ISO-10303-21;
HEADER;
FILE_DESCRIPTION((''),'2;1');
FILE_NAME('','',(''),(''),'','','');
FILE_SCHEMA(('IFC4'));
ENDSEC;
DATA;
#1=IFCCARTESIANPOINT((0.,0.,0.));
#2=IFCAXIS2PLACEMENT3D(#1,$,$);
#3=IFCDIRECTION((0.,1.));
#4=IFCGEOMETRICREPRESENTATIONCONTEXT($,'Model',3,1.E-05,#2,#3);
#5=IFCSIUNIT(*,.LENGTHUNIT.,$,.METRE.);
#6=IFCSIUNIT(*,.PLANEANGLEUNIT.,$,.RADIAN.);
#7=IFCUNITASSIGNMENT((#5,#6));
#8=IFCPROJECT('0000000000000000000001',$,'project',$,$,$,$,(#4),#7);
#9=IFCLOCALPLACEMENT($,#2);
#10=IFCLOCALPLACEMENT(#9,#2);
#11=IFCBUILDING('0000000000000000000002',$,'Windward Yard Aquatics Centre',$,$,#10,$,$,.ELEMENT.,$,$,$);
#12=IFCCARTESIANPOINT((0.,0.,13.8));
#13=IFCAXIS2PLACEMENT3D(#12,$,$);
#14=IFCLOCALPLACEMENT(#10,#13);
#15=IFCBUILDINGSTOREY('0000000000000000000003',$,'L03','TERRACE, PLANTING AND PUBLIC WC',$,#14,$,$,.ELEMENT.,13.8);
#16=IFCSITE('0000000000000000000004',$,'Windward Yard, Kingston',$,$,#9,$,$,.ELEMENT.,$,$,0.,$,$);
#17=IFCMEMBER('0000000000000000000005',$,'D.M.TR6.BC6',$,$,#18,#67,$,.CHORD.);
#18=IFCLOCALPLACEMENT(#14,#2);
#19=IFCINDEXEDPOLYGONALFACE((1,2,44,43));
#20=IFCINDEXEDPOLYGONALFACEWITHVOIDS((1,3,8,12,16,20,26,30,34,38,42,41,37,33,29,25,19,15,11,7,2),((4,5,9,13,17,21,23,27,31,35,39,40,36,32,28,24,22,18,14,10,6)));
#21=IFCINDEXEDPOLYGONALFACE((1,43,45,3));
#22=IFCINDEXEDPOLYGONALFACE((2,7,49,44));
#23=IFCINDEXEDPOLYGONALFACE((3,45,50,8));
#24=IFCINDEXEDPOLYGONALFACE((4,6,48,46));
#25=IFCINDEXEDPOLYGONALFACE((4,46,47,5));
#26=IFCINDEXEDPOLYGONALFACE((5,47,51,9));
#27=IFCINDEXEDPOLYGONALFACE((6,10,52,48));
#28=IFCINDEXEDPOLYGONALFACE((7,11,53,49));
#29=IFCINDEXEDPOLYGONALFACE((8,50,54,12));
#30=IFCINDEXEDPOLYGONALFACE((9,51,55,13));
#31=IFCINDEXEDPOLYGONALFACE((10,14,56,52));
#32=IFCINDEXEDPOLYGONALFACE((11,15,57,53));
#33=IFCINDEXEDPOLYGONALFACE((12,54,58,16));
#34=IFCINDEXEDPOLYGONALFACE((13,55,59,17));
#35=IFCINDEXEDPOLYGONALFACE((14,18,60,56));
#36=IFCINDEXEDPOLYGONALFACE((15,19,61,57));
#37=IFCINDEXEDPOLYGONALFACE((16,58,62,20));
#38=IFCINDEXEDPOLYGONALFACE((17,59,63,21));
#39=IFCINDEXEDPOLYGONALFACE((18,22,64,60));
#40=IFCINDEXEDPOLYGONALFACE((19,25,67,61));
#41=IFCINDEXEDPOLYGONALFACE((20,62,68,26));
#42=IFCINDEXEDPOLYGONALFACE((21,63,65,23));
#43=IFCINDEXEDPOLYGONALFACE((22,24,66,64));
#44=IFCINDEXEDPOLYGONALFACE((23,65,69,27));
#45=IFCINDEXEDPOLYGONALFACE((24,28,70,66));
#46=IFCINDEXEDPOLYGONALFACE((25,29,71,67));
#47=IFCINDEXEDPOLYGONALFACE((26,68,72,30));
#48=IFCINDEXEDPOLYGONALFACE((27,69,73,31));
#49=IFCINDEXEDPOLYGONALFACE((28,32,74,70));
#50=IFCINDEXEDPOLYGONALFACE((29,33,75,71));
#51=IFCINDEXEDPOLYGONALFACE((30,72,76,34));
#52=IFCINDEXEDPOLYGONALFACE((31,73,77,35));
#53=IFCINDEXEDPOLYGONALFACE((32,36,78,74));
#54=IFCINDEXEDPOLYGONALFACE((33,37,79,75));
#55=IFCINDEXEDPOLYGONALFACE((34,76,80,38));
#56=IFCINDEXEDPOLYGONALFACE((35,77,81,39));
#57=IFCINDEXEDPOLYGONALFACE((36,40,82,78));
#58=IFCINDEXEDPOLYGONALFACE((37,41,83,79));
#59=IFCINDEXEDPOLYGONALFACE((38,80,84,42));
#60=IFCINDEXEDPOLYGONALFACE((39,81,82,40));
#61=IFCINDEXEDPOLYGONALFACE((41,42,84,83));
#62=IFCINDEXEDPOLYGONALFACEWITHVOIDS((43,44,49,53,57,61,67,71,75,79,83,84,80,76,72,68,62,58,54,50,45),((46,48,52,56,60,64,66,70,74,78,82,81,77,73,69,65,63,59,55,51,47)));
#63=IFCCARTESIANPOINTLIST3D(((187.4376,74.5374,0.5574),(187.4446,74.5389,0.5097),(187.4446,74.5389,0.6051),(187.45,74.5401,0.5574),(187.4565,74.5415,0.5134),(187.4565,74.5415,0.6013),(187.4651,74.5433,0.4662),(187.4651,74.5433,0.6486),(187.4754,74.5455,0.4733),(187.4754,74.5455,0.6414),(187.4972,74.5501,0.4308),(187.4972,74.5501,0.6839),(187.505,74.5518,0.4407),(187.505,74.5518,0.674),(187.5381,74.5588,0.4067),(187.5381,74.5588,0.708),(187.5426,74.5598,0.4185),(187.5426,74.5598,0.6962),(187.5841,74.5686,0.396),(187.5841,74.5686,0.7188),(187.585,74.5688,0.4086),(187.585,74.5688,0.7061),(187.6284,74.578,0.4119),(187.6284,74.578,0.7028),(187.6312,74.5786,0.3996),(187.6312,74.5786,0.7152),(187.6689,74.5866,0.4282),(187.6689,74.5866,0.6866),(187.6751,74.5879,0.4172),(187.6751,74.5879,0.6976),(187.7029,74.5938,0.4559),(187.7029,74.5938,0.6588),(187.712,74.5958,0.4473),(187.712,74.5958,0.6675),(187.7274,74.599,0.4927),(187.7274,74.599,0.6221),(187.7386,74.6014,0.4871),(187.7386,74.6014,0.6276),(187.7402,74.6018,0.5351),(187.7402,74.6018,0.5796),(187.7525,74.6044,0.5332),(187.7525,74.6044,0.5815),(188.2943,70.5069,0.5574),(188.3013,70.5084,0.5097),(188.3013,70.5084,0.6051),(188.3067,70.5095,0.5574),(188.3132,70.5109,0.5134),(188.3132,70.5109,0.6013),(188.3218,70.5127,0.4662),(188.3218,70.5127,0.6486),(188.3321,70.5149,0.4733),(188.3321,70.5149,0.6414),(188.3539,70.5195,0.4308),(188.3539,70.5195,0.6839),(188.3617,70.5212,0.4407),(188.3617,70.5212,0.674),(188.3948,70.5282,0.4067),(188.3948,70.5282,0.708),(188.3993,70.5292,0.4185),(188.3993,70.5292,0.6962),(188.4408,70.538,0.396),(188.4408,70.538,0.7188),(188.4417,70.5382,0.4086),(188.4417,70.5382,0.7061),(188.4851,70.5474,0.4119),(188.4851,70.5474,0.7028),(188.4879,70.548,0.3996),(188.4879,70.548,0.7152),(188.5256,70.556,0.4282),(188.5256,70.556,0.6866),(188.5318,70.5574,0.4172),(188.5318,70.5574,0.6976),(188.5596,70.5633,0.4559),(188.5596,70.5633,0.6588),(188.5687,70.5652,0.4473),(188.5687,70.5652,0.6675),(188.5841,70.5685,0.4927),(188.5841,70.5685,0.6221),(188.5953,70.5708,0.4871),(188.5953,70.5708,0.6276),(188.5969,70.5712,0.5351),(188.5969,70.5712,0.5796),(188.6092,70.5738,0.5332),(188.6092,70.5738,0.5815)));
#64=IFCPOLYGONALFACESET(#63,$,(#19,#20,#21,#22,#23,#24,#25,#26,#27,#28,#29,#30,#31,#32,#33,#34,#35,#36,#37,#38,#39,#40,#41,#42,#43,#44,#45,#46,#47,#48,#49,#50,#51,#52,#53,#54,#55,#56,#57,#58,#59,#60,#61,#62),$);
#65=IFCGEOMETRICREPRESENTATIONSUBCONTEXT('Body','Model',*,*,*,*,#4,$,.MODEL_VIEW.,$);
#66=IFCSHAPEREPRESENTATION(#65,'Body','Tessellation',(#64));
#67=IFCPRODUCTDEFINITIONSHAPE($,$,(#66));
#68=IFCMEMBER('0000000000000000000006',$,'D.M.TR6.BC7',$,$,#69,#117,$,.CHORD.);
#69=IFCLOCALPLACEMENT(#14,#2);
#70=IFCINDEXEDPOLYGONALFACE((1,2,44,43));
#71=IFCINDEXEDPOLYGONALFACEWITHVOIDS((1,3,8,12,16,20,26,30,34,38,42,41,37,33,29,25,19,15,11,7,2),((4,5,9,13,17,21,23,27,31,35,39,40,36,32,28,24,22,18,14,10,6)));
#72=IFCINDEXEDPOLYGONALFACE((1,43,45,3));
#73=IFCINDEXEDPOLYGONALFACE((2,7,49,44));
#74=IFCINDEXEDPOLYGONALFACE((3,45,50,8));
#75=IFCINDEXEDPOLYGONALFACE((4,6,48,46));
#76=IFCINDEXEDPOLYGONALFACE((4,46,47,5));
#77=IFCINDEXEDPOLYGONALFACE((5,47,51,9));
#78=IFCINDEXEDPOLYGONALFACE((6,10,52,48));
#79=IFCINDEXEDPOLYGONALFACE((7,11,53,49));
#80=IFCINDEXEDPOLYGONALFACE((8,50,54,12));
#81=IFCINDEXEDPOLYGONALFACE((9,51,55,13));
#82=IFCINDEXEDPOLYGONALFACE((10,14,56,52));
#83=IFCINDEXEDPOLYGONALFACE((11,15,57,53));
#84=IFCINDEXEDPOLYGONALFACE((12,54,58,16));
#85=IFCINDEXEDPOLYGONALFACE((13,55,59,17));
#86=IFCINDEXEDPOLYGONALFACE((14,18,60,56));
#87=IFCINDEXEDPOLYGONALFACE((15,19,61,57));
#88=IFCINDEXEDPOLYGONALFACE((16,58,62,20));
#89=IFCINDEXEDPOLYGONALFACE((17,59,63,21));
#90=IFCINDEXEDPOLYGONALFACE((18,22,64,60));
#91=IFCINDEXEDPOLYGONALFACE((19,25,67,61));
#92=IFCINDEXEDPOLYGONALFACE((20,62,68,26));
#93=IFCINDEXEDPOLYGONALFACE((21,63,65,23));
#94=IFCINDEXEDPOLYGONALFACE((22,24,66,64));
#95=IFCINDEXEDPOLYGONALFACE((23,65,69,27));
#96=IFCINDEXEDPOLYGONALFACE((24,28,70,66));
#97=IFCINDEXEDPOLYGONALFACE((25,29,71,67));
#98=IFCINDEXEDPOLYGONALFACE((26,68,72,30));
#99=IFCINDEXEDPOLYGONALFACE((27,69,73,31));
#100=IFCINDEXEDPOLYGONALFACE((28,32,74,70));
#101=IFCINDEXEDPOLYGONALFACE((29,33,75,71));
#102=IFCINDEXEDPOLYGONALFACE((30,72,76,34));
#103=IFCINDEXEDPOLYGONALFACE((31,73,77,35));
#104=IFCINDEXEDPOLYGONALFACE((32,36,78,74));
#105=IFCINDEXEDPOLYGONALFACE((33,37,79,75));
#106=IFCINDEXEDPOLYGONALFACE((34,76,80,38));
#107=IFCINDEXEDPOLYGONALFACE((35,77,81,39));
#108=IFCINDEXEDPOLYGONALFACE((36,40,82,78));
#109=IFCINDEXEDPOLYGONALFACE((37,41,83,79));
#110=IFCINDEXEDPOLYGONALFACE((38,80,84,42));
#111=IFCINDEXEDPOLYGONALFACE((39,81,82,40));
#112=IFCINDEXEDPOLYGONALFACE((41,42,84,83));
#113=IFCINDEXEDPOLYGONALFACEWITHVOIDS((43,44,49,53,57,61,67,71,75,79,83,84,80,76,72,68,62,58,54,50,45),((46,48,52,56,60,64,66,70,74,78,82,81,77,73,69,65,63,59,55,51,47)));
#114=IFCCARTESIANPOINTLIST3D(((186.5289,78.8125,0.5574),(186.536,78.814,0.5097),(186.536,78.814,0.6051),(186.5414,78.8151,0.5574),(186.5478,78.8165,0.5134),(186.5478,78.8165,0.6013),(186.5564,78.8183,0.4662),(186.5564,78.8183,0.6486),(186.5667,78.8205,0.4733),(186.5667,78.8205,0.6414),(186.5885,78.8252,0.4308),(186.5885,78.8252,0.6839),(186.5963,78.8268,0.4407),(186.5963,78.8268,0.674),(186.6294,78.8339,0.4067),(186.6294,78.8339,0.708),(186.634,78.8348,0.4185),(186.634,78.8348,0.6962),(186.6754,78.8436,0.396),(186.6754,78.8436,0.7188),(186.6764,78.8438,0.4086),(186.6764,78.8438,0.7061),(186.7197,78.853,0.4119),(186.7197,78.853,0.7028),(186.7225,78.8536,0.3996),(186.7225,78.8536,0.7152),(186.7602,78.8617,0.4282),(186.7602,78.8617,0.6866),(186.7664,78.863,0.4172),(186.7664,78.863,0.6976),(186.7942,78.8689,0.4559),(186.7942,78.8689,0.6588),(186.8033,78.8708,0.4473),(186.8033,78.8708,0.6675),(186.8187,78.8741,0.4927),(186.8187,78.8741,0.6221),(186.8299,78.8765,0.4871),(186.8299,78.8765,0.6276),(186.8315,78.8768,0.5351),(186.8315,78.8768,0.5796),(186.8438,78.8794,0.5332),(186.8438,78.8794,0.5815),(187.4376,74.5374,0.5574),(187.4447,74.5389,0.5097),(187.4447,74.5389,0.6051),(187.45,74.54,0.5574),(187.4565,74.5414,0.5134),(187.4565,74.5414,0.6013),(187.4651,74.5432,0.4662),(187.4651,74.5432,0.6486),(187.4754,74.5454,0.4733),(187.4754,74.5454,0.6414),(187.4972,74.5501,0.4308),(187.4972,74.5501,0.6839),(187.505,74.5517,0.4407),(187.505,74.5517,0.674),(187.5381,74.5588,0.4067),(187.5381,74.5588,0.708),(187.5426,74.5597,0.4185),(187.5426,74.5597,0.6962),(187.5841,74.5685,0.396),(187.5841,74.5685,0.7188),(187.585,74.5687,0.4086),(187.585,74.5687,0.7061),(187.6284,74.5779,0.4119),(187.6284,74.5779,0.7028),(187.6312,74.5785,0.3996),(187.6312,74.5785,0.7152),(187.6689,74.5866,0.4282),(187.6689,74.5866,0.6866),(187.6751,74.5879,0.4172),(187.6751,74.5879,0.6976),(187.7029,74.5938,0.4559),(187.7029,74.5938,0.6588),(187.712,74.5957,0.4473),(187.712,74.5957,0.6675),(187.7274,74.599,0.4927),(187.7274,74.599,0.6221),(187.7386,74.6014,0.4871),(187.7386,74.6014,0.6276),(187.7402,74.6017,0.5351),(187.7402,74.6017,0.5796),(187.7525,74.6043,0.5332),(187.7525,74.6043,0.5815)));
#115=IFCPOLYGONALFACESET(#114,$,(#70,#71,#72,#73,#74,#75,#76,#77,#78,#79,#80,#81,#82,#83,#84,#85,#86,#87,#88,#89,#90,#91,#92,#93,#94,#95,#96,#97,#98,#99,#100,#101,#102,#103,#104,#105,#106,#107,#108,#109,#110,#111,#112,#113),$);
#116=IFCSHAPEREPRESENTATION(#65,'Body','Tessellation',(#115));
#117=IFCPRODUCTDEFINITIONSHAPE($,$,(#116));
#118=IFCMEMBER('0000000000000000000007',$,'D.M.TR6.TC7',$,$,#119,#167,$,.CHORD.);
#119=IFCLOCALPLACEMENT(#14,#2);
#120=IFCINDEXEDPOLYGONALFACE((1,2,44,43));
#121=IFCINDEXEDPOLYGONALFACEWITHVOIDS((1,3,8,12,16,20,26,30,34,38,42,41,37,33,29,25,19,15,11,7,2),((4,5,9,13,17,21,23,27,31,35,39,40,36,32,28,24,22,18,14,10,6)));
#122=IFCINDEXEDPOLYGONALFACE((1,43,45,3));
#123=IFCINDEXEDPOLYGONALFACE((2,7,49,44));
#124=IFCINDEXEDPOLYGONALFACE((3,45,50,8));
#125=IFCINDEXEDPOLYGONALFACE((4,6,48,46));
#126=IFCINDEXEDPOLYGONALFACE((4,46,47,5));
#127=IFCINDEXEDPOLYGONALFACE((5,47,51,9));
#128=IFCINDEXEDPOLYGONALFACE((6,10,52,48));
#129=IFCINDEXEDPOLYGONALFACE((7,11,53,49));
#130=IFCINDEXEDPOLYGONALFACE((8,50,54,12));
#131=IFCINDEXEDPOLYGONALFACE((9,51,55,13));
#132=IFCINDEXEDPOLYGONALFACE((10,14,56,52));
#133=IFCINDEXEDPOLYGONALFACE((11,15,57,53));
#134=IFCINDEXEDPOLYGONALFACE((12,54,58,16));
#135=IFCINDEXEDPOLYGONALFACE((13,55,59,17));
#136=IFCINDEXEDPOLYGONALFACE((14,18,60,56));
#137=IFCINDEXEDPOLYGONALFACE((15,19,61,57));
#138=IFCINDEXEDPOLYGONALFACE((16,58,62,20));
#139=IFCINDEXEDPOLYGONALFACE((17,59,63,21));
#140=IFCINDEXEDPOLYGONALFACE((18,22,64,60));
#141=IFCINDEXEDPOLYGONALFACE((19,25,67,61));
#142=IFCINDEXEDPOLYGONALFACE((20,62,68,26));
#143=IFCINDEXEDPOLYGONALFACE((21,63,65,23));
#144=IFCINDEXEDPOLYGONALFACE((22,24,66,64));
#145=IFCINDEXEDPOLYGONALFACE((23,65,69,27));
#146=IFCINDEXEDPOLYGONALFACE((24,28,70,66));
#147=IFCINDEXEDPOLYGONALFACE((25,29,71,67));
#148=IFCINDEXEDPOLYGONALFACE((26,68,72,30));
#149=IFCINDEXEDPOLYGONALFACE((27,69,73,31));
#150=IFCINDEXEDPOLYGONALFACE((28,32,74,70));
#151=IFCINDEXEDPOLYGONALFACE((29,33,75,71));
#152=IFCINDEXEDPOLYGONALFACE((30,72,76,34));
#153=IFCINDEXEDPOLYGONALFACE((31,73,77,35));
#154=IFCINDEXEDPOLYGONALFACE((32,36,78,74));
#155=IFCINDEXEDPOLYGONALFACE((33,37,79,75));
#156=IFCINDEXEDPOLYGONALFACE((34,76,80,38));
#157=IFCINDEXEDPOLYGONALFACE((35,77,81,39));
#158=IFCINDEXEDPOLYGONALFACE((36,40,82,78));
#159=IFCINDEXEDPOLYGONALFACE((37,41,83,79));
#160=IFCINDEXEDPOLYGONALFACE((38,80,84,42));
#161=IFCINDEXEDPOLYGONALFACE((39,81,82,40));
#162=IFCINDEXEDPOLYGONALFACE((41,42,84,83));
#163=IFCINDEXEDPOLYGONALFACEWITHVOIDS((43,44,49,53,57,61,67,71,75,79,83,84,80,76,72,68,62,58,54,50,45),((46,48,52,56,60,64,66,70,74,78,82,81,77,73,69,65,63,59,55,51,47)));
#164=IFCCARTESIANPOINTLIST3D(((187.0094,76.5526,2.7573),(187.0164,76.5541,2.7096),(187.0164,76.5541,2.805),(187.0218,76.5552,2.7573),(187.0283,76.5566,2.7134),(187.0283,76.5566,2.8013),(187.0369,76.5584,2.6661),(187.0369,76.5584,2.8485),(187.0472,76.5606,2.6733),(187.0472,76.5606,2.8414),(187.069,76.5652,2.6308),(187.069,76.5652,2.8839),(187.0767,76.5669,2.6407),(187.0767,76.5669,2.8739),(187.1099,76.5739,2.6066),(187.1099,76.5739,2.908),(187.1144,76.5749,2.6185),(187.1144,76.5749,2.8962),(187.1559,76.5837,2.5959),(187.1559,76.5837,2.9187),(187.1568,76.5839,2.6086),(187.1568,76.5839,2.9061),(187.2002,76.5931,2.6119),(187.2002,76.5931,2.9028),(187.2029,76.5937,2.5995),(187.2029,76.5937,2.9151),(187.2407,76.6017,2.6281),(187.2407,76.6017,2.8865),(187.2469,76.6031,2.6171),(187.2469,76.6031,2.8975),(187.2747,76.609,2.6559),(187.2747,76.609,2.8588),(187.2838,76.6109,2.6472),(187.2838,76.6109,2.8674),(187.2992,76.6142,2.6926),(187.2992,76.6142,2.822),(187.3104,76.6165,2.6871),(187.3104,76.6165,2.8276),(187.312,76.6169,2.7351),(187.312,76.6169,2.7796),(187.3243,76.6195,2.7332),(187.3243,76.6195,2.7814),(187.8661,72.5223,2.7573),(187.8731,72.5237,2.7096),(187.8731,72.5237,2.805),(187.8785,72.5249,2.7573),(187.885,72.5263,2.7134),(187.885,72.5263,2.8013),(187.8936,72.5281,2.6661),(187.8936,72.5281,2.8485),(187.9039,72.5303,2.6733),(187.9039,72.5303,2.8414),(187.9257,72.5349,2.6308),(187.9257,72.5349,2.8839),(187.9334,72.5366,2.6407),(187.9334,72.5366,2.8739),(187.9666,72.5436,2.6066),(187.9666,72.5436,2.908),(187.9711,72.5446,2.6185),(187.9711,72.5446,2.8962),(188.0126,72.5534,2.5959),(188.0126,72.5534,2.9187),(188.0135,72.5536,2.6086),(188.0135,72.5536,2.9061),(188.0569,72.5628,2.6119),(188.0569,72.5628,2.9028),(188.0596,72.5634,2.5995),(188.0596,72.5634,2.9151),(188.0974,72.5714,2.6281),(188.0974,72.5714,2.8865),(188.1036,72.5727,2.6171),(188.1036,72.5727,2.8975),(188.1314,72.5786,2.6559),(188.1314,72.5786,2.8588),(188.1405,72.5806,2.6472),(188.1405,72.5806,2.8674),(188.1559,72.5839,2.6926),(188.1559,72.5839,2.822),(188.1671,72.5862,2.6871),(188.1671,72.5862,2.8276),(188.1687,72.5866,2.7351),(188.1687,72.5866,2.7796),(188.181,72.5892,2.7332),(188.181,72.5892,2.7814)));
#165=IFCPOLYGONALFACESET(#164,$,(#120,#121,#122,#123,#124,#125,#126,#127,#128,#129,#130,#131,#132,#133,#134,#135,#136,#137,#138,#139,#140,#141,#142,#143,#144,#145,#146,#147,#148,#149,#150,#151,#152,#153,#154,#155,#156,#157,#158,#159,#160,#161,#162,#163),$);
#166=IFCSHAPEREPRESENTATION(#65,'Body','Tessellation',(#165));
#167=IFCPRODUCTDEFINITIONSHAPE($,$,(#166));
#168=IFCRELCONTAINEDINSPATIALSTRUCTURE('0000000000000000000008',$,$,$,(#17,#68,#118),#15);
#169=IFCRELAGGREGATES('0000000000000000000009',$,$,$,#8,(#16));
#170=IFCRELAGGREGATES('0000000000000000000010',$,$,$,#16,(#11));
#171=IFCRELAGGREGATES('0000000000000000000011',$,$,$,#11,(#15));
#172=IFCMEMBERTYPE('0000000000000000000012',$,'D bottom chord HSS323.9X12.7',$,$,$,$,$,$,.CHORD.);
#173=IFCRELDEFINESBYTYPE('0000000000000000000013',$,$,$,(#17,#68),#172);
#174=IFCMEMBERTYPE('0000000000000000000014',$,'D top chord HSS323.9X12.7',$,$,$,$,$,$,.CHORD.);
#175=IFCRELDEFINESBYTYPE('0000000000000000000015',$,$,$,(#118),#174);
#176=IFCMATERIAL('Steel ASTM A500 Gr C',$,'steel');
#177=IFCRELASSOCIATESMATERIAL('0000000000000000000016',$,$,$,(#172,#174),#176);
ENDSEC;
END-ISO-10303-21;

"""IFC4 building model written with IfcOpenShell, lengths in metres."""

from ifc_helpers import new_model, si_unit, direction, frame, origin, origin_2d, place, context, subcontext, project, spatial, hollow_circle, extrude, material, material_profile, profile_set, type_object, element, save


model = new_model("IFC4")

# Units and contexts
model_context = context("Model", 3, precision=1e-05, world=origin(), true_north=direction((0.0, 1.0)))
body_context = subcontext(model_context, "Body", "Model", "MODEL_VIEW")
ifc_project = project(units=[si_unit("LENGTHUNIT", "METRE"), si_unit("PLANEANGLEUNIT", "RADIAN")], contexts=[model_context])

# Site, building, storey
site_placement = place(None, origin())
site = spatial("IfcSite", under=ifc_project, at=site_placement, Name="Windward Yard, Kingston", CompositionType="ELEMENT", RefElevation=0.0)
building_placement = place(site_placement, origin())
building = spatial("IfcBuilding", under=site, at=building_placement, Name="Windward Yard Aquatics Centre", CompositionType="ELEMENT")
storey_placement = place(building_placement, frame((0.0, 0.0, 13.8)))
storey = spatial("IfcBuildingStorey", under=building, at=storey_placement, Name="L03", Description="TERRACE, PLANTING AND PUBLIC WC", CompositionType="ELEMENT", Elevation=13.8)

# Members
ifc_material_1 = material(Name="Steel ASTM A500 Gr C", Category="steel")
ifc_material_profile_1 = material_profile(ifc_material_1, hollow_circle(Radius=0.1619, WallThickness=0.0127, at=origin_2d()), Name="HSS323.9X12.7")
ifc_profile_set_1 = profile_set([ifc_material_profile_1], Name="Steel ASTM A500 Gr C")
member_type_1 = type_object("IfcMemberType", Name="D bottom chord HSS323.9X12.7", PredefinedType="CHORD", material=ifc_profile_set_1)
member_1_placement = place(storey_placement, frame((188.4526, 70.5405, 0.5574), z_axis=(-0.207906, 0.978149, 0.0), x_axis=(-0.978149, -0.207906, 0.0)))
element("IfcMember", 1, at=member_1_placement, inside=storey, type_object=member_type_1, Name="D.M.TR6.BC6", PredefinedType="CHORD", context=body_context, shape_type="SweptSolid", body=[
    extrude(hollow_circle(Radius=0.1619, WallThickness=0.0127, at=origin_2d()), origin(), (0.0, 0.0, 1.0), 4.1206),
])
member_2_placement = place(storey_placement, frame((187.5959, 74.571, 0.5574), z_axis=(-0.207908, 0.978148, 0.0), x_axis=(-0.978148, -0.207908, 0.0)))
element("IfcMember", 2, at=member_2_placement, inside=storey, type_object=member_type_1, Name="D.M.TR6.BC7", PredefinedType="CHORD", context=body_context, shape_type="SweptSolid", body=[
    extrude(hollow_circle(Radius=0.1619, WallThickness=0.0127, at=origin_2d()), origin(), (0.0, 0.0, 1.0), 4.3706),
])
ifc_material_profile_2 = material_profile(ifc_material_1, hollow_circle(Radius=0.1619, WallThickness=0.0127, at=origin_2d()), Name="HSS323.9X12.7")
ifc_profile_set_2 = profile_set([ifc_material_profile_2], Name="Steel ASTM A500 Gr C")
member_type_2 = type_object("IfcMemberType", Name="D top chord HSS323.9X12.7", PredefinedType="CHORD", material=ifc_profile_set_2)
for number, where, z_axis, x_axis, name in (
    (3, (188.0244, 72.5559, 2.7573), (-0.207918, 0.978146, 0.0), (-0.978146, -0.207918, 0.0), "D.M.TR6.TC7"),
):
    element("IfcMember", number, at=place(storey_placement, frame(where, z_axis=z_axis, x_axis=x_axis)), inside=storey, type_object=member_type_2, Name=name, PredefinedType="CHORD", context=body_context, shape_type="SweptSolid", body=[
        extrude(hollow_circle(Radius=0.1619, WallThickness=0.0127, at=origin_2d()), origin(), (0.0, 0.0, 1.0), 4.1204),
    ])

save(model, "model.ifc")
